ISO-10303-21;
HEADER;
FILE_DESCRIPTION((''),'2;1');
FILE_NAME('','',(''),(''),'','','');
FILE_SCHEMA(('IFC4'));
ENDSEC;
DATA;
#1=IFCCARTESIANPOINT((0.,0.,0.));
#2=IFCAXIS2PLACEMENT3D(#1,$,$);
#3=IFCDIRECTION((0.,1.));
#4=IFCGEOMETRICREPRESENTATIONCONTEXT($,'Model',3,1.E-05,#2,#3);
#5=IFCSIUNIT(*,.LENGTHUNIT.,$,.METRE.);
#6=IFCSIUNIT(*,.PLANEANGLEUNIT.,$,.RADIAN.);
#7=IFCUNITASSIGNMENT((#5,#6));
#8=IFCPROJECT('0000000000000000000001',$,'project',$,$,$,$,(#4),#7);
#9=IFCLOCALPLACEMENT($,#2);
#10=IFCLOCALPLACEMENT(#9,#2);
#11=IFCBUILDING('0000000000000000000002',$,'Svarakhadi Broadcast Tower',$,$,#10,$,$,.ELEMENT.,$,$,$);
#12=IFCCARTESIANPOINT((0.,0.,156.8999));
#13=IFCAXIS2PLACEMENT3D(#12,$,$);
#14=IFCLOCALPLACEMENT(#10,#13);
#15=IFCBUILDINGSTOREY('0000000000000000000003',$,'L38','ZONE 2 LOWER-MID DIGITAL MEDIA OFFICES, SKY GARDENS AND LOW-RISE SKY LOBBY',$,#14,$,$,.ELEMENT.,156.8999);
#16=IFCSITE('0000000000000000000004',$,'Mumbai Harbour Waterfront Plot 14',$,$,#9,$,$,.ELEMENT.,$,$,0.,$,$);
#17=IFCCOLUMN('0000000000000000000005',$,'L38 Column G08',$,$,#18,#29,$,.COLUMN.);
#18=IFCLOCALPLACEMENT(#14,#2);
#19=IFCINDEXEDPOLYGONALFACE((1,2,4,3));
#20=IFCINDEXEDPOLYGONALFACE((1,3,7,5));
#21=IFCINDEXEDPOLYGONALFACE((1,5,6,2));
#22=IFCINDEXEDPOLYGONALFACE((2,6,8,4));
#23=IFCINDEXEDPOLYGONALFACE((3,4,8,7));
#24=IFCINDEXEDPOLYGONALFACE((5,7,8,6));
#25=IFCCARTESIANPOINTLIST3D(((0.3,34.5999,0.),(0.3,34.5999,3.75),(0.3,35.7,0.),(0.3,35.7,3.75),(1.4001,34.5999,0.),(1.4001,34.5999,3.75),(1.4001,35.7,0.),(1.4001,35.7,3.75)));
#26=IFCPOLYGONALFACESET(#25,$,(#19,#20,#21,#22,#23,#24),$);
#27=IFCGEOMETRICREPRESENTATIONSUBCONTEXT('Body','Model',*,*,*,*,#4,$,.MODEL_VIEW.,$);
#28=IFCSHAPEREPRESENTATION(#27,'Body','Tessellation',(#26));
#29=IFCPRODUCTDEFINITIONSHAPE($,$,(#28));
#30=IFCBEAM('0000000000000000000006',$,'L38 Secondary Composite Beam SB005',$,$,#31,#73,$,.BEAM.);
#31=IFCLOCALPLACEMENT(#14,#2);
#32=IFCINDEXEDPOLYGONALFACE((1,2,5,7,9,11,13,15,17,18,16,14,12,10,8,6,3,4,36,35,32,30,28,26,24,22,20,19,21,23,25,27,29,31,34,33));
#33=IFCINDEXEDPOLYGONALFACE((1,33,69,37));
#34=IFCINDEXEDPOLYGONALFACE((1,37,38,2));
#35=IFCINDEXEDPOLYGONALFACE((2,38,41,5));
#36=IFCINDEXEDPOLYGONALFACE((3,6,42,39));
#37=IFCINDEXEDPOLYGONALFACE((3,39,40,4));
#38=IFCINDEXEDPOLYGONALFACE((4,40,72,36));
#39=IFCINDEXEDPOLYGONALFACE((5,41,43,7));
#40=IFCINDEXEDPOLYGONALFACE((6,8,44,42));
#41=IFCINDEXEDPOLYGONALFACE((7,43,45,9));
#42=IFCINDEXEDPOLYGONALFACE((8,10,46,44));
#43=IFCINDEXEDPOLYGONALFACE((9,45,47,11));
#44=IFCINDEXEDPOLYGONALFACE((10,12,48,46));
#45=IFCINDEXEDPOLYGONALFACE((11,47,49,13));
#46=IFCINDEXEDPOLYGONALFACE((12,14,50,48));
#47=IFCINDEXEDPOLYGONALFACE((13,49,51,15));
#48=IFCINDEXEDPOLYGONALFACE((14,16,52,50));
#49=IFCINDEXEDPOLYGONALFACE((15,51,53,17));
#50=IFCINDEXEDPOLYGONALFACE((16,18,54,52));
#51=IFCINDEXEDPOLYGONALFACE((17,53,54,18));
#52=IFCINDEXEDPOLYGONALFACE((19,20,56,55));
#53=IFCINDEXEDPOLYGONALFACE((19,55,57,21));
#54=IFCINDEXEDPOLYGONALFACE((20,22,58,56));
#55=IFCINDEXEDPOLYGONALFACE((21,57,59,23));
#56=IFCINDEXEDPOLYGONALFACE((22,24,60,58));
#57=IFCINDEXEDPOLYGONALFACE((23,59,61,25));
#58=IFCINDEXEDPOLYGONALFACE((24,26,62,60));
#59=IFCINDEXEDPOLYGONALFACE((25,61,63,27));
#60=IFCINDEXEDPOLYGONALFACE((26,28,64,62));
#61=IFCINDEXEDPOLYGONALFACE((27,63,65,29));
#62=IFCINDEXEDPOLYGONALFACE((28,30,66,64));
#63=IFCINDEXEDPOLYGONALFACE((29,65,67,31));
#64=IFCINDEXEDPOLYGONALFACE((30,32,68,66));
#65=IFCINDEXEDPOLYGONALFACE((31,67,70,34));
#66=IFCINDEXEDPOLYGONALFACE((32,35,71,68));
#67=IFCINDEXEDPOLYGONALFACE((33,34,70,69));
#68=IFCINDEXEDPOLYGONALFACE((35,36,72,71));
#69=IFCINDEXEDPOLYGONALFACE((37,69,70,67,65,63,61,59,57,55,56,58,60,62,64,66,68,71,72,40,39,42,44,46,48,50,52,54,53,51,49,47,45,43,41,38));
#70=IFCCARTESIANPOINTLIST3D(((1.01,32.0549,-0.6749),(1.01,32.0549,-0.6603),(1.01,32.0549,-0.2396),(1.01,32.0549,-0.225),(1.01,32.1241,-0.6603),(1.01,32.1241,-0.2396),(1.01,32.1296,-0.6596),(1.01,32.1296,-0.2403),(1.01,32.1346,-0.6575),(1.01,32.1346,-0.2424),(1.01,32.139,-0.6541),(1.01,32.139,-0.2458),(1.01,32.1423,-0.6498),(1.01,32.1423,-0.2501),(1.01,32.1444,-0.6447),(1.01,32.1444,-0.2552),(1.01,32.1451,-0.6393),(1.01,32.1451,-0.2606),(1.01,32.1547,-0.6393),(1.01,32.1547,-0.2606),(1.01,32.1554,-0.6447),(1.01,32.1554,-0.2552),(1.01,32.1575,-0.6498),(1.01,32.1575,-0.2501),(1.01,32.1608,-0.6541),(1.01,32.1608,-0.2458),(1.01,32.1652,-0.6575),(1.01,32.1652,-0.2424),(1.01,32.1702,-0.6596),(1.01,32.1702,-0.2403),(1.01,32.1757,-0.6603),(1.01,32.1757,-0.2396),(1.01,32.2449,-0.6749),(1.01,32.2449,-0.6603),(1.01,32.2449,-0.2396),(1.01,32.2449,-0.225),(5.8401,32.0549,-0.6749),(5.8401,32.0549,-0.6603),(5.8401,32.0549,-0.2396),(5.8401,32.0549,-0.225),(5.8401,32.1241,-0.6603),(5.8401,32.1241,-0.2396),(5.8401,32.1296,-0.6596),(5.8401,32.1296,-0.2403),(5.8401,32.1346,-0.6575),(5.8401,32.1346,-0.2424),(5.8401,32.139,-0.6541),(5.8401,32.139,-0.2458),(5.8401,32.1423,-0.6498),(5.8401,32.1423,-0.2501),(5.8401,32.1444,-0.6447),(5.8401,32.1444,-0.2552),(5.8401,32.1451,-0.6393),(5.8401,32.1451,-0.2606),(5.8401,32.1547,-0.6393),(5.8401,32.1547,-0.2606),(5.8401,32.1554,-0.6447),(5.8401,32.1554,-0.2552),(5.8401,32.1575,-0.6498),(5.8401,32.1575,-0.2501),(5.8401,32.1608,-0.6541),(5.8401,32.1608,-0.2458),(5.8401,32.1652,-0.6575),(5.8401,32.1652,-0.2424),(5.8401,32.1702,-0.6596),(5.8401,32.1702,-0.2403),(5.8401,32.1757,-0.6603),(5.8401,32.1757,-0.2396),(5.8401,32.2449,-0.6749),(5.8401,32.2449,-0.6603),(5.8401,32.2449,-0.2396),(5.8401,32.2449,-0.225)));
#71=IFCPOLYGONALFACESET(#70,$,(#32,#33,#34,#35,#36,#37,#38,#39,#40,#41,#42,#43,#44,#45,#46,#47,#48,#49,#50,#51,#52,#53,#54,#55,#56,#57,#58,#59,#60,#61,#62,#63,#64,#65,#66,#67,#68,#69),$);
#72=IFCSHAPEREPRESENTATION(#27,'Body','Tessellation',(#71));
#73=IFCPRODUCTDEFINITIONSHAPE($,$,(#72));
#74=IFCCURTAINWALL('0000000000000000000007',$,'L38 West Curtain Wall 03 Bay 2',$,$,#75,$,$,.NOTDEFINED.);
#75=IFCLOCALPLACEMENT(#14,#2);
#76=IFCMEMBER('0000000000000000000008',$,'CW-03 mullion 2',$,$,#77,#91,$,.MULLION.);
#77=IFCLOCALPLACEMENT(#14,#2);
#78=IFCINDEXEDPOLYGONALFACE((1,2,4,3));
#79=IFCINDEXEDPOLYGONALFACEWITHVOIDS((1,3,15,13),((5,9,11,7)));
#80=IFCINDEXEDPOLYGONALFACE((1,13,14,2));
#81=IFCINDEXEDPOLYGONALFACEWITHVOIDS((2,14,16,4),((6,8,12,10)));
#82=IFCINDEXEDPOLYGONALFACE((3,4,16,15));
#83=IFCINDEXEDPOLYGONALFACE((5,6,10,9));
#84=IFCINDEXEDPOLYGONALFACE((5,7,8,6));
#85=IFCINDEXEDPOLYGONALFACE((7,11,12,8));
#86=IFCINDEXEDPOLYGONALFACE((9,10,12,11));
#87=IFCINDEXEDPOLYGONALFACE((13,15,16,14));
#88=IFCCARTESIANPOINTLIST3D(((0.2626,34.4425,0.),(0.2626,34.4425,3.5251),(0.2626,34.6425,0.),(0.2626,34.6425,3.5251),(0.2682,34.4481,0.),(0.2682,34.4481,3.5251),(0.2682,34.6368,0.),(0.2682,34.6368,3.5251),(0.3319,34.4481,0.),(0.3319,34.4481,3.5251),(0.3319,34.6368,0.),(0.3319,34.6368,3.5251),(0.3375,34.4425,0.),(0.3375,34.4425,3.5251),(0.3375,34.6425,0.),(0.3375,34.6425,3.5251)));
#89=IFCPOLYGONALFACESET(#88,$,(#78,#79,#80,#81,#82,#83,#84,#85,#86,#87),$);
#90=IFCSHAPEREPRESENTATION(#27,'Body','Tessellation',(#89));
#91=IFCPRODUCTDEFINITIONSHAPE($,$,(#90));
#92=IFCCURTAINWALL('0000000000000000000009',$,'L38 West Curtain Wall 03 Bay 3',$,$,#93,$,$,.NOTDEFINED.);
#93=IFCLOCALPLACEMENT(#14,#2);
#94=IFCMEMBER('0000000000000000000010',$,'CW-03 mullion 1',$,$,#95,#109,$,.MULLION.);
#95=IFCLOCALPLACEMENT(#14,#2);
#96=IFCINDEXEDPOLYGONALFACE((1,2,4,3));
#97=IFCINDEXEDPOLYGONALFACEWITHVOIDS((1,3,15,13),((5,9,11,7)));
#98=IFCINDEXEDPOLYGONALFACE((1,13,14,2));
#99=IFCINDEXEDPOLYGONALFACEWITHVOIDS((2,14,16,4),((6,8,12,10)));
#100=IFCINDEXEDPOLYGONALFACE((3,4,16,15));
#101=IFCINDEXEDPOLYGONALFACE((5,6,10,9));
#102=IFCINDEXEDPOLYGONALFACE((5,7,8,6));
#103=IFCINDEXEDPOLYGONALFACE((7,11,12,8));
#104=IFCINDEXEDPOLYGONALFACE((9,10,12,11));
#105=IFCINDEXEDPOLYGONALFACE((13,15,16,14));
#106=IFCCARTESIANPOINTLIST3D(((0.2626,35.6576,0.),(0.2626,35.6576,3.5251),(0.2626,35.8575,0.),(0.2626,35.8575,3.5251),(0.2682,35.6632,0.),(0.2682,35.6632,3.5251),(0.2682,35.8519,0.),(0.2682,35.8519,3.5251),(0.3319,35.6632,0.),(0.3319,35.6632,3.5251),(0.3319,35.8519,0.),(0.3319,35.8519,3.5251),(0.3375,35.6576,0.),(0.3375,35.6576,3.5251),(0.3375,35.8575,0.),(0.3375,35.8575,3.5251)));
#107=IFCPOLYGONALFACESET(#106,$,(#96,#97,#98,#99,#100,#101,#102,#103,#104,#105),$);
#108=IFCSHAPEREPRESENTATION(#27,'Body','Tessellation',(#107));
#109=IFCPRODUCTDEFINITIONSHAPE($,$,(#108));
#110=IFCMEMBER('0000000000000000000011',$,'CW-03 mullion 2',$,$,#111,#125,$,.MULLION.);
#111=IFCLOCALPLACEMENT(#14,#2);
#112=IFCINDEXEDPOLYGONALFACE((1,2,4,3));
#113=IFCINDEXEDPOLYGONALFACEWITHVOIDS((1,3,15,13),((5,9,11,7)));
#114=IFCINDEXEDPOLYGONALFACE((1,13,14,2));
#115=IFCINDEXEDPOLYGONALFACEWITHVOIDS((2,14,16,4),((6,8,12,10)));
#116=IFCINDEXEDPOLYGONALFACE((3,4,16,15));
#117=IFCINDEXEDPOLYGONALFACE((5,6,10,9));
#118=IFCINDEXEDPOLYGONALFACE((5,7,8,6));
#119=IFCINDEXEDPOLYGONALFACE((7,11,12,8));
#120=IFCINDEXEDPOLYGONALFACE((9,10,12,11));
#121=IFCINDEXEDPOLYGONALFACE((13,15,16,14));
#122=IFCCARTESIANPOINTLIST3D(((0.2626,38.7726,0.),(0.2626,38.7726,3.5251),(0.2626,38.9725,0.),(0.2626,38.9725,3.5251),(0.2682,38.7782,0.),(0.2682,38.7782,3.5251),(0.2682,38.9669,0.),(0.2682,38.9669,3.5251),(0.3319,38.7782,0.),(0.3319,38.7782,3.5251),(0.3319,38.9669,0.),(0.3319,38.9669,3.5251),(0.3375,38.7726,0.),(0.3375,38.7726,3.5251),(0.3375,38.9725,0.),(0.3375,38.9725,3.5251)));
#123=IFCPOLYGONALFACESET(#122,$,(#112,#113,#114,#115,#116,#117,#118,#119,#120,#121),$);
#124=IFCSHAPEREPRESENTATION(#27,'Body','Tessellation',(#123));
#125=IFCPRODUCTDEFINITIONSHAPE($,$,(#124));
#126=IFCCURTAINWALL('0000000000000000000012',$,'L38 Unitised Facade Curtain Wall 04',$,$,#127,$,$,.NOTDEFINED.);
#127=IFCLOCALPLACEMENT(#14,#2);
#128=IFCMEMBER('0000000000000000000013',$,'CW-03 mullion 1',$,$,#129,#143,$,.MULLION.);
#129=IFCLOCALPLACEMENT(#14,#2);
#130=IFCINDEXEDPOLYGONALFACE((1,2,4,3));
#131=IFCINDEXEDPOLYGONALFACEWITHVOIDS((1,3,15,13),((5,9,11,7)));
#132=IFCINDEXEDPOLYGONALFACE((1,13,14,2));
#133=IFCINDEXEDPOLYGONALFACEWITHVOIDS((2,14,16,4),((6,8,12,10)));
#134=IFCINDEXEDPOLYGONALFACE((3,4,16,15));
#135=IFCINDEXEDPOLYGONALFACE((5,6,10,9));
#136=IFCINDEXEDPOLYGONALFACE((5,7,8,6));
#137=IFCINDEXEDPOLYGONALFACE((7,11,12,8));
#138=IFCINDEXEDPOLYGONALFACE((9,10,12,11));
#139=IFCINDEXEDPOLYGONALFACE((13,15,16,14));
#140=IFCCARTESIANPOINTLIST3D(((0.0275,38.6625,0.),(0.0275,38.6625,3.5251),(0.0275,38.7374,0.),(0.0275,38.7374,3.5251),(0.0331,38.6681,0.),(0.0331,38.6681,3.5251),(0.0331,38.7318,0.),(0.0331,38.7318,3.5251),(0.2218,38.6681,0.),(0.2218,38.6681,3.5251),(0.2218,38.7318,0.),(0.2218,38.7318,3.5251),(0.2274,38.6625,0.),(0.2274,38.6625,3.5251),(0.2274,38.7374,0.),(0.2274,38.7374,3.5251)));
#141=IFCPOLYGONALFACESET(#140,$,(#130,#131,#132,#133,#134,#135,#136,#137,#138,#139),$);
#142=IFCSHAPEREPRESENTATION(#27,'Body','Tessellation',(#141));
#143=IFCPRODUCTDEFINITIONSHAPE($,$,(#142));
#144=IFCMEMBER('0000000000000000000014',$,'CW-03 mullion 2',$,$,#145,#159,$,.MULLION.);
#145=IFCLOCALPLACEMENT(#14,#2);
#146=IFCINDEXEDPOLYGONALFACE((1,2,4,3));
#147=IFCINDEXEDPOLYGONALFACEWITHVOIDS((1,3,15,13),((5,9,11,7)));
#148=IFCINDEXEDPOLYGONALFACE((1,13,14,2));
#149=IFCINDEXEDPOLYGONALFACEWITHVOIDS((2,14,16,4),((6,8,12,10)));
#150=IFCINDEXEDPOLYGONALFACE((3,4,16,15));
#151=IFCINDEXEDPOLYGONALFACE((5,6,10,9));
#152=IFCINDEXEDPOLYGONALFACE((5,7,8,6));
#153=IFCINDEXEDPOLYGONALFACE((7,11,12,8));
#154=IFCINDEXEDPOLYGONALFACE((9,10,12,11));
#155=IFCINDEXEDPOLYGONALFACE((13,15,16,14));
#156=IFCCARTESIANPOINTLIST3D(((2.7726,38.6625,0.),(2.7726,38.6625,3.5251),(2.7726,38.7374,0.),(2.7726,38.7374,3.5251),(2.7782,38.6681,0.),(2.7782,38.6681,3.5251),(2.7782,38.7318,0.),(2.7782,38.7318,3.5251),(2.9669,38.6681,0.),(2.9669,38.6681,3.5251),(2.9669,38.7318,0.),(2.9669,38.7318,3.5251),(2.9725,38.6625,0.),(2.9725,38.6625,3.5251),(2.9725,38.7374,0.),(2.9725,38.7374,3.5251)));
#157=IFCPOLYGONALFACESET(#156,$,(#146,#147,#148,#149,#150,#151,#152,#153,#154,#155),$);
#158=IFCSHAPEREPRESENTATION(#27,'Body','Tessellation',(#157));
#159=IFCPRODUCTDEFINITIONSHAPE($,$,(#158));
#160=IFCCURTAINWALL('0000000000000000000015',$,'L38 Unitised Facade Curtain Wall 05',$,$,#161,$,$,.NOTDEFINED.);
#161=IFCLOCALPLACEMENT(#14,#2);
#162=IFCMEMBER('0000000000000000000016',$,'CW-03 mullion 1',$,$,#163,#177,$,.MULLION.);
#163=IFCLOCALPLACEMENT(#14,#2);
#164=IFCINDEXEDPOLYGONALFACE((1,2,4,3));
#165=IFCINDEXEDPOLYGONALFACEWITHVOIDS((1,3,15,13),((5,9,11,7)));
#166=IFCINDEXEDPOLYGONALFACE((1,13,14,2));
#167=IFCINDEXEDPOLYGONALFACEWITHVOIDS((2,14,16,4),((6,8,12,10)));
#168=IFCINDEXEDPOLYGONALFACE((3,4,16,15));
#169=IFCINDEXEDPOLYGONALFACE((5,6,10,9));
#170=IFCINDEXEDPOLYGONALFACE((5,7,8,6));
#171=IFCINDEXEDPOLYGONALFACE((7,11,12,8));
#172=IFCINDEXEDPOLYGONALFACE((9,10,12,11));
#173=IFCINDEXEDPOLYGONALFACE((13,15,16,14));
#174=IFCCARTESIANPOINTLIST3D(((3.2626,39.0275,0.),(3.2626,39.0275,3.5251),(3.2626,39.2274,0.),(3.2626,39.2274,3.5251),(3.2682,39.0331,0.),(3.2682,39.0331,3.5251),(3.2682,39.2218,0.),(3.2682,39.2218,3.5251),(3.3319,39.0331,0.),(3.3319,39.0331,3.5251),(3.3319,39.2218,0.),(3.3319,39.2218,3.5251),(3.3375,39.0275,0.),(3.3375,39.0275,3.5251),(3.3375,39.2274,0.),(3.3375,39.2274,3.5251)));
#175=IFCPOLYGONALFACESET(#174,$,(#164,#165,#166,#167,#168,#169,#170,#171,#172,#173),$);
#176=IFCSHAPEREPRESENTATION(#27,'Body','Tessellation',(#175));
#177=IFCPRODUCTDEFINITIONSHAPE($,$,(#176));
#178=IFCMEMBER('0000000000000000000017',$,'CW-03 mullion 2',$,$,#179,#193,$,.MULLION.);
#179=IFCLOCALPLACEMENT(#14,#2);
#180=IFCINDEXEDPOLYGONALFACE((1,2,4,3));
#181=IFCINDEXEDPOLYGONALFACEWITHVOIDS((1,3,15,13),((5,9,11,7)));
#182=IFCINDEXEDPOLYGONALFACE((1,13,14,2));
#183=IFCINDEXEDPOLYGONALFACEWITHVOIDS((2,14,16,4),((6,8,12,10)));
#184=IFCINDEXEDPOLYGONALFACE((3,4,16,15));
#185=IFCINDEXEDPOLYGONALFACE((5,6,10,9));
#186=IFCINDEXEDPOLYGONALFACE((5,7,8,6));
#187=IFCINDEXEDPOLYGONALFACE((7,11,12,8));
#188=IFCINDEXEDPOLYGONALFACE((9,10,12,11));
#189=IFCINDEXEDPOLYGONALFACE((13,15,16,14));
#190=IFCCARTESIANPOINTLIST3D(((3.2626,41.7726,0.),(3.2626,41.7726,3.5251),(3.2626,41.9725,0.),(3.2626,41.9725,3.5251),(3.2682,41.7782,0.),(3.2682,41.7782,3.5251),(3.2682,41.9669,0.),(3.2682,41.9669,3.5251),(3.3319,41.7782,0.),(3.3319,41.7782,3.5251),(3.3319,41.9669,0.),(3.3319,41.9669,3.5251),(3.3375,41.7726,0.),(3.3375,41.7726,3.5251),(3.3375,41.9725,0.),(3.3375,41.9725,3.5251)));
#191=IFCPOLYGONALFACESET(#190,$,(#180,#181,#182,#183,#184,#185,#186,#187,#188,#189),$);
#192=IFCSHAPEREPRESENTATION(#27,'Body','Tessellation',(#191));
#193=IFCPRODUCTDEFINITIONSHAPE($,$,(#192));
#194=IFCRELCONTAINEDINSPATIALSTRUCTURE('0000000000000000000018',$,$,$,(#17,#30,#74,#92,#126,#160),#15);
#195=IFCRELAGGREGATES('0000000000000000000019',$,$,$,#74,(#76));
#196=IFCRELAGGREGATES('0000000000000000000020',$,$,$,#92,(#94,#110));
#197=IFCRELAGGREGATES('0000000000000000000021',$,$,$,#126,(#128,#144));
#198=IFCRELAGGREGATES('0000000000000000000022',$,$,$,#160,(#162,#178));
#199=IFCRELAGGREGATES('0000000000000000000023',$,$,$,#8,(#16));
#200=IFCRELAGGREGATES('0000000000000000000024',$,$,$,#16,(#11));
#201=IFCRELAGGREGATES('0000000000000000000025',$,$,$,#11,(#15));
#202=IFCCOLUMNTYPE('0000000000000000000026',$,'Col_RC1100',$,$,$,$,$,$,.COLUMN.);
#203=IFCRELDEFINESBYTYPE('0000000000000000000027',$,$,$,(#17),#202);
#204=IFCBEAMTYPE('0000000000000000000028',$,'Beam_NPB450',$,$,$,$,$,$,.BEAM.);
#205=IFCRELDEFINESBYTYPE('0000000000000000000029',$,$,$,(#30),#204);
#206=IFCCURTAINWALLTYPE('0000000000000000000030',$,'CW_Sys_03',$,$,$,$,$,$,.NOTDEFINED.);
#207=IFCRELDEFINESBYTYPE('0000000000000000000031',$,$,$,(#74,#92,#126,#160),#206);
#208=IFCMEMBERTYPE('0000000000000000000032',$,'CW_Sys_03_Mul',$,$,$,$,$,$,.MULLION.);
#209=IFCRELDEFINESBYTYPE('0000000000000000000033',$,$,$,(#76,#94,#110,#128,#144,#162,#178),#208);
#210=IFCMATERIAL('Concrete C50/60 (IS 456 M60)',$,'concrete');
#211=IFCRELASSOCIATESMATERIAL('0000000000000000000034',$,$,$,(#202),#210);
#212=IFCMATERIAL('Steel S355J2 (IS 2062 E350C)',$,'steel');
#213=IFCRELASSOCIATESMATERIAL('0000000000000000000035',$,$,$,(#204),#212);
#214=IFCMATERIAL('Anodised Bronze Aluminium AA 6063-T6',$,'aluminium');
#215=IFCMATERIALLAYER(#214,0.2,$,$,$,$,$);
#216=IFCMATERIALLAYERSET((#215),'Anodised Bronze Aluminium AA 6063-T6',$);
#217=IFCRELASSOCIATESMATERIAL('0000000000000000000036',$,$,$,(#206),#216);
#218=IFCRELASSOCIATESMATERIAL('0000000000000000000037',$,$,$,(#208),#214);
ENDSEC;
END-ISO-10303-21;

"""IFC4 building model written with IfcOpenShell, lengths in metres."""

from ifc_helpers import new_model, si_unit, direction, frame, origin, origin_2d, place, context, subcontext, project, spatial, rectangle, hollow_rectangle, i_section, extrude, material, layer, layer_set, material_profile, profile_set, type_object, element, aggregate, save


model = new_model("IFC4")

# Units and contexts
model_context = context("Model", 3, precision=1e-05, world=origin(), true_north=direction((0.0, 1.0)))
body_context = subcontext(model_context, "Body", "Model", "MODEL_VIEW")
ifc_project = project(units=[si_unit("LENGTHUNIT", "METRE"), si_unit("PLANEANGLEUNIT", "RADIAN")], contexts=[model_context])

# Site, building, storey
site_placement = place(None, origin())
site = spatial("IfcSite", under=ifc_project, at=site_placement, Name="Mumbai Harbour Waterfront Plot 14", CompositionType="ELEMENT", RefElevation=0.0)
building_placement = place(site_placement, origin())
building = spatial("IfcBuilding", under=site, at=building_placement, Name="Svarakhadi Broadcast Tower", CompositionType="ELEMENT")
storey_placement = place(building_placement, frame((0.0, 0.0, 156.8999)))
storey = spatial("IfcBuildingStorey", under=building, at=storey_placement, Name="L38", Description="ZONE 2 LOWER-MID DIGITAL MEDIA OFFICES, SKY GARDENS AND LOW-RISE SKY LOBBY", CompositionType="ELEMENT", Elevation=156.8999)

# Column
ifc_material_1 = material(Name="Concrete C50/60 (IS 456 M60)", Category="concrete")
ifc_material_profile_1 = material_profile(ifc_material_1, rectangle(XDim=1.1001, YDim=1.1001, at=origin_2d()), Name="RC 1100x1100")
ifc_profile_set_1 = profile_set([ifc_material_profile_1], Name="Concrete C50/60 (IS 456 M60)")
column_type = type_object("IfcColumnType", Name="Col_RC1100", PredefinedType="COLUMN", material=ifc_profile_set_1)
column_placement = place(storey_placement, frame((0.8501, 35.1499, 0.0), z_axis=(0.0, 0.0, 1.0), x_axis=(1.0, 0.0, 0.0)))
element("IfcColumn", 1, at=column_placement, inside=storey, type_object=column_type, Name="L38 Column G08", PredefinedType="COLUMN", context=body_context, shape_type="SweptSolid", body=[
    extrude(rectangle(XDim=1.1001, YDim=1.1001, at=origin_2d()), origin(), (0.0, 0.0, 1.0), 3.75),
])

# Beam
ifc_material_2 = material(Name="Steel S355J2 (IS 2062 E350C)", Category="steel")
ifc_material_profile_2 = material_profile(ifc_material_2, i_section(OverallWidth=0.1899, OverallDepth=0.45, WebThickness=0.0095, FlangeThickness=0.0146, FilletRadius=0.021, at=origin_2d()), Name="NPB 450x190x78")
ifc_profile_set_2 = profile_set([ifc_material_profile_2], Name="Steel S355J2 (IS 2062 E350C)")
beam_type_1 = type_object("IfcBeamType", Name="Beam_NPB450", PredefinedType="BEAM", material=ifc_profile_set_2)
beam_1_placement = place(storey_placement, frame((1.01, 32.1499, -0.45), z_axis=(1.0, 0.0, 0.0), x_axis=(0.0, 1.0, 0.0)))
element("IfcBeam", 2, at=beam_1_placement, inside=storey, type_object=beam_type_1, Name="L38 Secondary Composite Beam SB005", PredefinedType="BEAM", context=body_context, shape_type="SweptSolid", body=[
    extrude(i_section(OverallWidth=0.1899, OverallDepth=0.45, WebThickness=0.0095, FlangeThickness=0.0146, FilletRadius=0.021, at=origin_2d()), origin(), (0.0, 0.0, 1.0), 4.8301),
])

# Curtain wall, member
ifc_material_3 = material(Name="Anodised Bronze Aluminium AA 6063-T6", Category="aluminium")
ifc_layer_1 = layer(ifc_material_3, 0.2)
ifc_layer_set_1 = layer_set([ifc_layer_1], Name="Anodised Bronze Aluminium AA 6063-T6")
curtain_wall_type = type_object("IfcCurtainWallType", Name="CW_Sys_03", PredefinedType="NOTDEFINED", material=ifc_layer_set_1)
curtain_wall_1_placement = place(storey_placement, origin())
curtain_wall_1 = element("IfcCurtainWall", 3, at=curtain_wall_1_placement, inside=storey, type_object=curtain_wall_type, Name="L38 West Curtain Wall 03 Bay 2", PredefinedType="NOTDEFINED")
ifc_material_profile_3 = material_profile(ifc_material_3, hollow_rectangle(XDim=0.075, YDim=0.2, WallThickness=0.0056, at=origin_2d()), Name="ALU MULLION 200x75x6")
ifc_profile_set_3 = profile_set([ifc_material_profile_3], Name="Anodised Bronze Aluminium AA 6063-T6")
member_type_1 = type_object("IfcMemberType", Name="CW_Sys_03_Mul", PredefinedType="MULLION", material=ifc_profile_set_3)
member_1_placement = place(storey_placement, frame((0.3, 34.5425, 0.0), z_axis=(0.0, 0.0, 1.0), x_axis=(-1.0, 0.0, 0.0)))
member_1 = element("IfcMember", 4, at=member_1_placement, type_object=member_type_1, Name="CW-03 mullion 2", PredefinedType="MULLION", context=body_context, shape_type="SweptSolid", body=[
    extrude(hollow_rectangle(XDim=0.075, YDim=0.2, WallThickness=0.0056, at=origin_2d()), origin(), (0.0, 0.0, 1.0), 3.5251),
])
aggregate(curtain_wall_1, [member_1])

# Curtain walls, members
curtain_wall_2_placement = place(storey_placement, origin())
curtain_wall_2 = element("IfcCurtainWall", 5, at=curtain_wall_2_placement, inside=storey, type_object=curtain_wall_type, Name="L38 West Curtain Wall 03 Bay 3", PredefinedType="NOTDEFINED")
member_2_placement = place(storey_placement, frame((0.3, 35.7576, 0.0), z_axis=(0.0, 0.0, 1.0), x_axis=(-1.0, 0.0, 0.0)))
member_2 = element("IfcMember", 6, at=member_2_placement, type_object=member_type_1, Name="CW-03 mullion 1", PredefinedType="MULLION", context=body_context, shape_type="SweptSolid", body=[
    extrude(hollow_rectangle(XDim=0.075, YDim=0.2, WallThickness=0.0056, at=origin_2d()), origin(), (0.0, 0.0, 1.0), 3.5251),
])
member_3_placement = place(storey_placement, frame((0.3, 38.8726, 0.0), z_axis=(0.0, 0.0, 1.0), x_axis=(-1.0, 0.0, 0.0)))
member_3 = element("IfcMember", 7, at=member_3_placement, type_object=member_type_1, Name="CW-03 mullion 2", PredefinedType="MULLION", context=body_context, shape_type="SweptSolid", body=[
    extrude(hollow_rectangle(XDim=0.075, YDim=0.2, WallThickness=0.0056, at=origin_2d()), origin(), (0.0, 0.0, 1.0), 3.5251),
])
curtain_wall_3_placement = place(storey_placement, origin())
curtain_wall_3 = element("IfcCurtainWall", 8, at=curtain_wall_3_placement, inside=storey, type_object=curtain_wall_type, Name="L38 Unitised Facade Curtain Wall 04", PredefinedType="NOTDEFINED")
member_4_placement = place(storey_placement, frame((0.1274, 38.7, 0.0), z_axis=(0.0, 0.0, 1.0), x_axis=(0.0, 1.0, 0.0)))
member_4 = element("IfcMember", 9, at=member_4_placement, type_object=member_type_1, Name="CW-03 mullion 1", PredefinedType="MULLION", context=body_context, shape_type="SweptSolid", body=[
    extrude(hollow_rectangle(XDim=0.075, YDim=0.2, WallThickness=0.0056, at=origin_2d()), origin(), (0.0, 0.0, 1.0), 3.5251),
])
member_5_placement = place(storey_placement, frame((2.8726, 38.7, 0.0), z_axis=(0.0, 0.0, 1.0), x_axis=(0.0, 1.0, 0.0)))
member_5 = element("IfcMember", 10, at=member_5_placement, type_object=member_type_1, Name="CW-03 mullion 2", PredefinedType="MULLION", context=body_context, shape_type="SweptSolid", body=[
    extrude(hollow_rectangle(XDim=0.075, YDim=0.2, WallThickness=0.0056, at=origin_2d()), origin(), (0.0, 0.0, 1.0), 3.5251),
])
curtain_wall_4_placement = place(storey_placement, origin())
curtain_wall_4 = element("IfcCurtainWall", 11, at=curtain_wall_4_placement, inside=storey, type_object=curtain_wall_type, Name="L38 Unitised Facade Curtain Wall 05", PredefinedType="NOTDEFINED")
member_6_placement = place(storey_placement, frame((3.3, 39.1274, 0.0), z_axis=(0.0, 0.0, 1.0), x_axis=(-1.0, 0.0, 0.0)))
member_6 = element("IfcMember", 12, at=member_6_placement, type_object=member_type_1, Name="CW-03 mullion 1", PredefinedType="MULLION", context=body_context, shape_type="SweptSolid", body=[
    extrude(hollow_rectangle(XDim=0.075, YDim=0.2, WallThickness=0.0056, at=origin_2d()), origin(), (0.0, 0.0, 1.0), 3.5251),
])
member_7_placement = place(storey_placement, frame((3.3, 41.8726, 0.0), z_axis=(0.0, 0.0, 1.0), x_axis=(-1.0, 0.0, 0.0)))
member_7 = element("IfcMember", 13, at=member_7_placement, type_object=member_type_1, Name="CW-03 mullion 2", PredefinedType="MULLION", context=body_context, shape_type="SweptSolid", body=[
    extrude(hollow_rectangle(XDim=0.075, YDim=0.2, WallThickness=0.0056, at=origin_2d()), origin(), (0.0, 0.0, 1.0), 3.5251),
])

aggregate(curtain_wall_2, [member_2, member_3])
aggregate(curtain_wall_3, [member_4, member_5])
aggregate(curtain_wall_4, [member_6, member_7])

save(model, "model.ifc")
